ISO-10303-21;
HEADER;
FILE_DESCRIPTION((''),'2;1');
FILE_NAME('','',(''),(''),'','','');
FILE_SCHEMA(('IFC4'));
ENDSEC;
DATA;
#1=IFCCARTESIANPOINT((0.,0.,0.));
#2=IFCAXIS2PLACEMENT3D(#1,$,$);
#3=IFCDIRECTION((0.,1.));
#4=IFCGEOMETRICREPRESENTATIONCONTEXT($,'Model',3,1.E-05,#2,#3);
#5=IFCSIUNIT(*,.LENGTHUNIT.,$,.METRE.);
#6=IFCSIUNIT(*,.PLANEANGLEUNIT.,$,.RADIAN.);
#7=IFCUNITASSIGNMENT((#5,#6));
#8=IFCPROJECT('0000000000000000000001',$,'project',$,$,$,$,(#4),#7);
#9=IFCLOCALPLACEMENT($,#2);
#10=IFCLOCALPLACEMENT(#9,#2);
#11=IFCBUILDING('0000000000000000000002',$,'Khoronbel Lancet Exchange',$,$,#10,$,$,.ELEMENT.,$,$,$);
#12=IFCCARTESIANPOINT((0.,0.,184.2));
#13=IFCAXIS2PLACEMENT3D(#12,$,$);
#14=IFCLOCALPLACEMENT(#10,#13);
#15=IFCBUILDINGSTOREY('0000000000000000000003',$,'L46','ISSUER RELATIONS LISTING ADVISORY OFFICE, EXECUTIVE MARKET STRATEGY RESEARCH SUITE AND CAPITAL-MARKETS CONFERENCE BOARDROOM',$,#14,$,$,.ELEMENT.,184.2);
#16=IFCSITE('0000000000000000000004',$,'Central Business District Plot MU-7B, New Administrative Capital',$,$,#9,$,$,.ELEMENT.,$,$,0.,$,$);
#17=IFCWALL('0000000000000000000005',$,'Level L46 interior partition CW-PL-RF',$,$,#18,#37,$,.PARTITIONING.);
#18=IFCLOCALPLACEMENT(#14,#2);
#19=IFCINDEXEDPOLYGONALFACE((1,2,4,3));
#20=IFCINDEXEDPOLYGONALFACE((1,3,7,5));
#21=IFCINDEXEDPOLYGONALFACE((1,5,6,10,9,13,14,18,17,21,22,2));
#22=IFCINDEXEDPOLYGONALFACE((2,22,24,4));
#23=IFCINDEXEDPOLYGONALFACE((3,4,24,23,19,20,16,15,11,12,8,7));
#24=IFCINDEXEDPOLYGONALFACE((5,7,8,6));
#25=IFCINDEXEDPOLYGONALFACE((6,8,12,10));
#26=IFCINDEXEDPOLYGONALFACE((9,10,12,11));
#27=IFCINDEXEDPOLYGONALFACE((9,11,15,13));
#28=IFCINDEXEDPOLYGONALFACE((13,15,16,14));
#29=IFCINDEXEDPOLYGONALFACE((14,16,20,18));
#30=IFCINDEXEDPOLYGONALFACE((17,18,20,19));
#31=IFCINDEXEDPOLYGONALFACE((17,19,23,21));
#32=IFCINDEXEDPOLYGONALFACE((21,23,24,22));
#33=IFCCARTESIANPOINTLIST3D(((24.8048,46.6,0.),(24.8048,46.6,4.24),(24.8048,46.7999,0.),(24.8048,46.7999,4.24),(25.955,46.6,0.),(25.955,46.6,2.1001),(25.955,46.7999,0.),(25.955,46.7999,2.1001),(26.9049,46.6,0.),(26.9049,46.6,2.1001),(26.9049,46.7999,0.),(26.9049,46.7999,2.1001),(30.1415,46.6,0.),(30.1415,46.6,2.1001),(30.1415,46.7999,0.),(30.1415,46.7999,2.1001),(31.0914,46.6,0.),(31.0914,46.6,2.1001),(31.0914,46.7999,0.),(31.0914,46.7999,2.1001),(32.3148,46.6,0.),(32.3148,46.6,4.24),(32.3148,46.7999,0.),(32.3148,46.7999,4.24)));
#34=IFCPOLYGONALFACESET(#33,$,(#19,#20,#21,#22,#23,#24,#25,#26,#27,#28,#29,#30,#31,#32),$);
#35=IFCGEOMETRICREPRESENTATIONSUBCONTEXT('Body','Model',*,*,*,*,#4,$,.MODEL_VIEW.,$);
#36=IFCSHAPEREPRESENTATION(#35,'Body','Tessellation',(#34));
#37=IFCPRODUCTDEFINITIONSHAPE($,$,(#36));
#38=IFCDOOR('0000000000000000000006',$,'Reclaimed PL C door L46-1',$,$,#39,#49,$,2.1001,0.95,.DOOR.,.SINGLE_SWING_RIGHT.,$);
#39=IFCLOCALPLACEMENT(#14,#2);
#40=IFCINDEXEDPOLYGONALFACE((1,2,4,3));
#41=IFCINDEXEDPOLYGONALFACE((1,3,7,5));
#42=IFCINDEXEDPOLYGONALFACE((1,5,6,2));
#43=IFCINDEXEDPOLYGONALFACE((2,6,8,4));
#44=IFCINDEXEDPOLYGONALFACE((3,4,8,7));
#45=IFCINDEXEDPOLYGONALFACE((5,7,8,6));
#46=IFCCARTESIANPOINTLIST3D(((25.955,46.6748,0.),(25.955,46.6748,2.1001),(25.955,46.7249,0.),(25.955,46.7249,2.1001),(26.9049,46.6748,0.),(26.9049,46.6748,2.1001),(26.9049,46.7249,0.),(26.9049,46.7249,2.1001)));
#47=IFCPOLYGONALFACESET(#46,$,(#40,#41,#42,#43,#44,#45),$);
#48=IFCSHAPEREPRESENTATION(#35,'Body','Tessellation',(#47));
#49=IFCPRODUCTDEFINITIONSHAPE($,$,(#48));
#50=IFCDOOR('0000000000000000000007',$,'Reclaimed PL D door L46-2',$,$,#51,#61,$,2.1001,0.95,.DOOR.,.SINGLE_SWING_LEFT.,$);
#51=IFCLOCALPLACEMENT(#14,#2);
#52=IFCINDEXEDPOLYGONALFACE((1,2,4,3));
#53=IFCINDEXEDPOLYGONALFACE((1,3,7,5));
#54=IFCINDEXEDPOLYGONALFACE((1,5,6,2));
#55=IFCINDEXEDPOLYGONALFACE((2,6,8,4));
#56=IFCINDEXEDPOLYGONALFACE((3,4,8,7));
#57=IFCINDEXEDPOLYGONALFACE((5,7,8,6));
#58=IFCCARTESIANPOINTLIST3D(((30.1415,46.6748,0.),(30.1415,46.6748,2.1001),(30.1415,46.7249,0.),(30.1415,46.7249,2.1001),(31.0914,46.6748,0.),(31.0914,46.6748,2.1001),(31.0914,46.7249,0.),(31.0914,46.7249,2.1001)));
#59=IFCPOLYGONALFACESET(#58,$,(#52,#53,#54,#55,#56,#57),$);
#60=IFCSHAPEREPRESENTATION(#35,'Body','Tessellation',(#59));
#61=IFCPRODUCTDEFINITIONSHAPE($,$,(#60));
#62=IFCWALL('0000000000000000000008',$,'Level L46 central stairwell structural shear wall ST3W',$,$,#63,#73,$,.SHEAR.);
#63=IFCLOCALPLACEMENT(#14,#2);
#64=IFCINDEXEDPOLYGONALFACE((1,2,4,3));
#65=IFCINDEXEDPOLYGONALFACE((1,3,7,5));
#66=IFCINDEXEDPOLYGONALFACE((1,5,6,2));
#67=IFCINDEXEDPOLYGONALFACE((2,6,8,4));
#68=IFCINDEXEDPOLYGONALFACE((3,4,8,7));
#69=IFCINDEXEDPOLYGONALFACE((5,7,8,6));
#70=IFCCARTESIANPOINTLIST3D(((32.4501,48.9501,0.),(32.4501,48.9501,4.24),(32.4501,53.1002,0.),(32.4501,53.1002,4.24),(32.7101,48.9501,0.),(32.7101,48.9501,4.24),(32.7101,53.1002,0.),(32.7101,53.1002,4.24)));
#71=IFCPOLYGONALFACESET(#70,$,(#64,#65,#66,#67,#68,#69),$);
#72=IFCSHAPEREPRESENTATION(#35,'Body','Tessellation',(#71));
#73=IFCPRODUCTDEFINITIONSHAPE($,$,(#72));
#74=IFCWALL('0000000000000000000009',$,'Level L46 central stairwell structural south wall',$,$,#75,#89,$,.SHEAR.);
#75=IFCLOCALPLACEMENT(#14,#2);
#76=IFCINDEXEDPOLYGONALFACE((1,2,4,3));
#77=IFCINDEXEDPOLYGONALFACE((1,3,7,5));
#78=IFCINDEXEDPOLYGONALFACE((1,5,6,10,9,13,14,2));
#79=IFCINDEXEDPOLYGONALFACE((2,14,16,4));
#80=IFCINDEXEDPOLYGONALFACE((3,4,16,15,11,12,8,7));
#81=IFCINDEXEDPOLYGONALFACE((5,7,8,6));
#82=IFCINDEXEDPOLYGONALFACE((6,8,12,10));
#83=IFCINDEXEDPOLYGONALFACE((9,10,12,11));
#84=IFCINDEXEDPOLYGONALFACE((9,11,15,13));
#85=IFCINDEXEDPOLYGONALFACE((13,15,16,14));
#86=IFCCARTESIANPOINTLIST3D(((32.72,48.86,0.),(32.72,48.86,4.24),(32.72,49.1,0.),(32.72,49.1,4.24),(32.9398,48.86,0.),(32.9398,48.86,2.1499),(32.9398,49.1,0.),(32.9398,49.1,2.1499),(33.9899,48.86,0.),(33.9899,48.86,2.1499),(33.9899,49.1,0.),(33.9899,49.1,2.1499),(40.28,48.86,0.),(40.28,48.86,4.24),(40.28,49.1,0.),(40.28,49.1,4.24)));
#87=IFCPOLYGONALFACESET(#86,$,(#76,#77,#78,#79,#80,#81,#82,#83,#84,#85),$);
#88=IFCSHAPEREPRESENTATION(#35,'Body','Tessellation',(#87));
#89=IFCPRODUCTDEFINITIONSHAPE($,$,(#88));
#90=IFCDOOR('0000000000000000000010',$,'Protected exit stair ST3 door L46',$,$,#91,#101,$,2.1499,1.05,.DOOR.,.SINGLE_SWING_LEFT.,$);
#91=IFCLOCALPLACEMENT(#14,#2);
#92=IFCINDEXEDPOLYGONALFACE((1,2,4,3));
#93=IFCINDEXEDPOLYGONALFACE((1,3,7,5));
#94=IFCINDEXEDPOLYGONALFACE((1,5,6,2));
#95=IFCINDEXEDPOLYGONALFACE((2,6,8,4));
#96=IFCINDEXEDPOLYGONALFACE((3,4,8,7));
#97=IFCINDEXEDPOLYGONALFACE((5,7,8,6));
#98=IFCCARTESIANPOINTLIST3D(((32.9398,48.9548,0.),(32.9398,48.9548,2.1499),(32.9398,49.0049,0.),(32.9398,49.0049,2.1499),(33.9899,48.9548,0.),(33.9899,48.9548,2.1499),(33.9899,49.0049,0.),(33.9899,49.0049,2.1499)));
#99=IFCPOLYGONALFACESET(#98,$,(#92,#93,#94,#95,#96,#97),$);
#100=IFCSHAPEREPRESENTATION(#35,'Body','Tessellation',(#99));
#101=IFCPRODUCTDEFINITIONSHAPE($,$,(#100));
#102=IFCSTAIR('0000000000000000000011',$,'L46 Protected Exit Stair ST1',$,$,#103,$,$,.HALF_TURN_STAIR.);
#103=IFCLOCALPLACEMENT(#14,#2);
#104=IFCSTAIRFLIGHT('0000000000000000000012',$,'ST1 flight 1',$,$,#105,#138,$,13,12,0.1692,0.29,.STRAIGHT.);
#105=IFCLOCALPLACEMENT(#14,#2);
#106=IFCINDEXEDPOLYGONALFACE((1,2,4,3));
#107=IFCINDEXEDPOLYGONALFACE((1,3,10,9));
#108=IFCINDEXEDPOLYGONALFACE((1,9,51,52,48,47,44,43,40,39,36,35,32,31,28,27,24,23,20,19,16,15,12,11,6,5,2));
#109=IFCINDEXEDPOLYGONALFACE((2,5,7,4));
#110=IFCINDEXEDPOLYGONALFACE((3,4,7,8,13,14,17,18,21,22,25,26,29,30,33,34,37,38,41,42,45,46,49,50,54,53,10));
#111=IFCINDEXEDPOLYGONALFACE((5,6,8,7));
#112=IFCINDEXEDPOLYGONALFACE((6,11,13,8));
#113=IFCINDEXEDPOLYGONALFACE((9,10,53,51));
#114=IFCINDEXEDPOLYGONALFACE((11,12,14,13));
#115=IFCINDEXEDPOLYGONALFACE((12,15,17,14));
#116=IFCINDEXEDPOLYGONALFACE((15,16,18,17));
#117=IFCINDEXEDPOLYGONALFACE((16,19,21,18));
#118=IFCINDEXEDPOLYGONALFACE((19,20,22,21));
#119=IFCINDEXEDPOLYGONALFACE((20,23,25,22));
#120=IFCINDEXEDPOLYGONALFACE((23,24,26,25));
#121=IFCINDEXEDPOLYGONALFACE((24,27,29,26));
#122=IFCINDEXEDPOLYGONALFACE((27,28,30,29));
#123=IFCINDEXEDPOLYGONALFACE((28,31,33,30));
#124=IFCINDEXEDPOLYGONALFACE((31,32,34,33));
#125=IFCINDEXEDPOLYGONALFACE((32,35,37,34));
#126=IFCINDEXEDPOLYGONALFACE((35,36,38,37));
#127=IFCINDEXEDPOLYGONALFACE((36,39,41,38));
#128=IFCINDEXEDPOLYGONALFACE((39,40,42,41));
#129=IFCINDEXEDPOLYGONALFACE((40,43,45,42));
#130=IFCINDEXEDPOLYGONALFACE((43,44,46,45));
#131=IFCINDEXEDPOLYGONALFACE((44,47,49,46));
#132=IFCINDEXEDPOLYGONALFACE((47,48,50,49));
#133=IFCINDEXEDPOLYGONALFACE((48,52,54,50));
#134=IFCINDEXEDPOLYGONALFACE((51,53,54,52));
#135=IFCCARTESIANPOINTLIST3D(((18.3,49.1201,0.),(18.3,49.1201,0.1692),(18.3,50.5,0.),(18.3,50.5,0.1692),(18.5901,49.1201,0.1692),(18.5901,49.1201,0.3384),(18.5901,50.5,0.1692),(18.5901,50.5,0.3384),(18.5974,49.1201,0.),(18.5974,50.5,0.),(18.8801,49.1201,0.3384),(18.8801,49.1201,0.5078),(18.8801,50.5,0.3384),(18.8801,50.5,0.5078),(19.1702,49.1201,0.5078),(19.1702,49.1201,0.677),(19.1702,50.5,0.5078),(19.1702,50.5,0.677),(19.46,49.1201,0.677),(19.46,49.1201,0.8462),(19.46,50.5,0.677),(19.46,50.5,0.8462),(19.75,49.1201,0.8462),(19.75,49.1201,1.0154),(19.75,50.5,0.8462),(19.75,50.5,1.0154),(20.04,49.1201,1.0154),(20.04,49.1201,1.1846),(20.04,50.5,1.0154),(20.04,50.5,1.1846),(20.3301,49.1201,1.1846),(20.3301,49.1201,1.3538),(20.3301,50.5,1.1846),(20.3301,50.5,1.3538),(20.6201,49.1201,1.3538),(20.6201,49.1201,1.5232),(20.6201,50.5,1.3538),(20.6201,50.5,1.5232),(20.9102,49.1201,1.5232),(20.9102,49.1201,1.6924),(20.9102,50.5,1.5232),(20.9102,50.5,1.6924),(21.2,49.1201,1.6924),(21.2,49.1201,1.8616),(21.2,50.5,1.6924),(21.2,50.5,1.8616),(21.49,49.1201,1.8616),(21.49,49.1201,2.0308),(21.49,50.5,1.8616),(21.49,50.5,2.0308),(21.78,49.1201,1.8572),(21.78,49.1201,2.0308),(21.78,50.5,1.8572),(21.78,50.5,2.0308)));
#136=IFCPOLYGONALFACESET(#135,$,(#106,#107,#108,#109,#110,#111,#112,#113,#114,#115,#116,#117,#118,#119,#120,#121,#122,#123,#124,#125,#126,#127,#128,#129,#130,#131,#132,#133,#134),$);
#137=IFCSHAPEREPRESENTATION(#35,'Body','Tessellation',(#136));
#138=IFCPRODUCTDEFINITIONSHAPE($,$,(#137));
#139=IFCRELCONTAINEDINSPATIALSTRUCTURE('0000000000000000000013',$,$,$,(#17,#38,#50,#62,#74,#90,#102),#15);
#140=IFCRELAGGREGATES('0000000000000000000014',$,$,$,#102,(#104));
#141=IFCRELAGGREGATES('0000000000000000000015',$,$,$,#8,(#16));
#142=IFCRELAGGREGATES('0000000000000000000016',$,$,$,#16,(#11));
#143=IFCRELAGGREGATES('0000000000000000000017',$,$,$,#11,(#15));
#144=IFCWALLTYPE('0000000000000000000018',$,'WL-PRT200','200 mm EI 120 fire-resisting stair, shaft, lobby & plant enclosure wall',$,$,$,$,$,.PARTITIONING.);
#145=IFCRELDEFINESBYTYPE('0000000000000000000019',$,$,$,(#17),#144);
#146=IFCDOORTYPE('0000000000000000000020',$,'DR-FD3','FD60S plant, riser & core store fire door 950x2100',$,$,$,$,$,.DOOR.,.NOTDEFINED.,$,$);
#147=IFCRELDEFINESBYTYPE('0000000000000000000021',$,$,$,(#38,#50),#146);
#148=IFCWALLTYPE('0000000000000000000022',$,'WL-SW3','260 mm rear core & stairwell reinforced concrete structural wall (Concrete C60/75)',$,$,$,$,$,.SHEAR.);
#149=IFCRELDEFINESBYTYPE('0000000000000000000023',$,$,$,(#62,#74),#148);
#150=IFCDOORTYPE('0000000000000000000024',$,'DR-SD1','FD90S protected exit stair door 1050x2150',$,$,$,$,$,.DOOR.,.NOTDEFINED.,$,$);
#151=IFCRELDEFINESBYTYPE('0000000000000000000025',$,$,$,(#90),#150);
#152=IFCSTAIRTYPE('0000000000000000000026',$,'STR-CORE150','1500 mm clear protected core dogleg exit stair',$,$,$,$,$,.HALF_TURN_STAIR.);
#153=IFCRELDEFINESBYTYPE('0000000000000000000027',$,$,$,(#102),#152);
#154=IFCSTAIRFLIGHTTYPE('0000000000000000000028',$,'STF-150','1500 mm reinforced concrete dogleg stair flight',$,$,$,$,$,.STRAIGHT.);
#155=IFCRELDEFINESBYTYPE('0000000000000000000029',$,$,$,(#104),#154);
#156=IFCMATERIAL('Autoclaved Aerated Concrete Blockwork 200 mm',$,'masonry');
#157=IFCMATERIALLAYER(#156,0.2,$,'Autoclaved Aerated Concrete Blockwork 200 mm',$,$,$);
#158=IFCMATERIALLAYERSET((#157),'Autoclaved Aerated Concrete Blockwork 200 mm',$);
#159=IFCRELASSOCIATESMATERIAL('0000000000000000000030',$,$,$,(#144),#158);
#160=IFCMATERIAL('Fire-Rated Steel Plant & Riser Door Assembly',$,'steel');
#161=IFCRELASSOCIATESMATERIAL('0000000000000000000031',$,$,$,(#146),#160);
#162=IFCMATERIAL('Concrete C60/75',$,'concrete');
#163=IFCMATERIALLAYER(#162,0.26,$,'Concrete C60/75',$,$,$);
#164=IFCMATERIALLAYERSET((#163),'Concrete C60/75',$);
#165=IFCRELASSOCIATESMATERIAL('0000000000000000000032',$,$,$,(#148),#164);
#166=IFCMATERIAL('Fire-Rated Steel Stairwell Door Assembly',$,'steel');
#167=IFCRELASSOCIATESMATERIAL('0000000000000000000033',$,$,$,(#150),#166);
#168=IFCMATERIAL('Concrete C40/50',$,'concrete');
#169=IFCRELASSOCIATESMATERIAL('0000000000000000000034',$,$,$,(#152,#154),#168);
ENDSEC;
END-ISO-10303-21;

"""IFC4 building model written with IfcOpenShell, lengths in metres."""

from ifc_helpers import new_model, si_unit, direction, frame, frame_2d, origin, place, context, subcontext, project, spatial, polyline, rectangle, outline, extrude, material, layer, layer_set, type_object, element, fill, aggregate, save


model = new_model("IFC4")

# Units and contexts
model_context = context("Model", 3, precision=1e-05, world=origin(), true_north=direction((0.0, 1.0)))
body_context = subcontext(model_context, "Body", "Model", "MODEL_VIEW")
ifc_project = project(units=[si_unit("LENGTHUNIT", "METRE"), si_unit("PLANEANGLEUNIT", "RADIAN")], contexts=[model_context])

# Site, building, storey
site_placement = place(None, origin())
site = spatial("IfcSite", under=ifc_project, at=site_placement, Name="Central Business District Plot MU-7B, New Administrative Capital", CompositionType="ELEMENT", RefElevation=0.0)
building_placement = place(site_placement, origin())
building = spatial("IfcBuilding", under=site, at=building_placement, Name="Khoronbel Lancet Exchange", CompositionType="ELEMENT")
storey_placement = place(building_placement, frame((0.0, 0.0, 184.2)))
storey = spatial("IfcBuildingStorey", under=building, at=storey_placement, Name="L46", Description="ISSUER RELATIONS LISTING ADVISORY OFFICE, EXECUTIVE MARKET STRATEGY RESEARCH SUITE AND CAPITAL-MARKETS CONFERENCE BOARDROOM", CompositionType="ELEMENT", Elevation=184.2)

# Shared definitions
ifc_material_1 = material(Name="Autoclaved Aerated Concrete Blockwork 200 mm", Category="masonry")
ifc_layer_1 = layer(ifc_material_1, 0.2, Name="Autoclaved Aerated Concrete Blockwork 200 mm")
ifc_layer_set_1 = layer_set([ifc_layer_1], Name="Autoclaved Aerated Concrete Blockwork 200 mm")
wall_type_1 = type_object("IfcWallType", Name="WL-PRT200", Description="200 mm EI 120 fire-resisting stair, shaft, lobby & plant enclosure wall", PredefinedType="PARTITIONING", material=ifc_layer_set_1)

# Wall, openings, doors
wall_1_placement = place(storey_placement, frame((24.8049, 46.7, 0.0), z_axis=(0.0, 0.0, 1.0), x_axis=(1.0, 0.0, 0.0)))
wall_1 = element("IfcWall", 1, at=wall_1_placement, inside=storey, type_object=wall_type_1, Name="Level L46 interior partition CW-PL-RF", PredefinedType="PARTITIONING", context=body_context, shape_type="SweptSolid", body=[
    extrude(rectangle(XDim=7.51, YDim=0.2, at=frame_2d((3.7549, 0.0))), origin(), (0.0, 0.0, 1.0), 4.24),
])
opening_1_placement = place(wall_1_placement, frame((1.1499, 0.0, 0.0)))
opening_1 = element("IfcOpeningElement", 2, at=opening_1_placement, cuts=wall_1, PredefinedType="OPENING", context=body_context, shape_type="SweptSolid", body=[
    extrude(rectangle(XDim=0.95, YDim=2.1001, at=frame_2d((0.4751, 1.05))), frame((0.0, 0.1099, 0.0), z_axis=(0.0, -1.0, 0.0), x_axis=(1.0, 0.0, 0.0)), (0.0, 0.0, 1.0), 0.22),
])
opening_2_placement = place(wall_1_placement, frame((5.3364, 0.0, 0.0)))
opening_2 = element("IfcOpeningElement", 3, at=opening_2_placement, cuts=wall_1, PredefinedType="OPENING", context=body_context, shape_type="SweptSolid", body=[
    extrude(rectangle(XDim=0.95, YDim=2.1001, at=frame_2d((0.4751, 1.05))), frame((0.0, 0.1099, 0.0), z_axis=(0.0, -1.0, 0.0), x_axis=(1.0, 0.0, 0.0)), (0.0, 0.0, 1.0), 0.22),
])
ifc_material_2 = material(Name="Fire-Rated Steel Plant & Riser Door Assembly", Category="steel")
door_type_1 = type_object("IfcDoorType", Name="DR-FD3", Description="FD60S plant, riser & core store fire door 950x2100", OperationType="NOTDEFINED", PredefinedType="DOOR", material=ifc_material_2)
door_1_placement = place(opening_1_placement, origin())
door_1 = element("IfcDoor", 4, at=door_1_placement, inside=storey, type_object=door_type_1, Name="Reclaimed PL C door L46-1", OperationType="SINGLE_SWING_RIGHT", OverallHeight=2.1001, OverallWidth=0.95, PredefinedType="DOOR", context=body_context, shape_type="SweptSolid", body=[
    extrude(rectangle(XDim=0.95, YDim=2.1001, at=frame_2d((0.4751, 1.05))), frame((0.0, 0.0249, 0.0), z_axis=(0.0, -1.0, 0.0), x_axis=(1.0, 0.0, 0.0)), (0.0, 0.0, 1.0), 0.05),
])
fill(opening_1, door_1)
door_2_placement = place(opening_2_placement, origin())
door_2 = element("IfcDoor", 5, at=door_2_placement, inside=storey, type_object=door_type_1, Name="Reclaimed PL D door L46-2", OperationType="SINGLE_SWING_LEFT", OverallHeight=2.1001, OverallWidth=0.95, PredefinedType="DOOR", context=body_context, shape_type="SweptSolid", body=[
    extrude(rectangle(XDim=0.95, YDim=2.1001, at=frame_2d((0.4751, 1.05))), frame((0.0, 0.0249, 0.0), z_axis=(0.0, -1.0, 0.0), x_axis=(1.0, 0.0, 0.0)), (0.0, 0.0, 1.0), 0.05),
])
fill(opening_2, door_2)

# Wall
ifc_material_3 = material(Name="Concrete C60/75", Category="concrete")
ifc_layer_2 = layer(ifc_material_3, 0.26, Name="Concrete C60/75")
ifc_layer_set_2 = layer_set([ifc_layer_2], Name="Concrete C60/75")
wall_type_2 = type_object("IfcWallType", Name="WL-SW3", Description="260 mm rear core & stairwell reinforced concrete structural wall (Concrete C60/75)", PredefinedType="SHEAR", material=ifc_layer_set_2)
wall_2_placement = place(storey_placement, frame((32.5801, 48.95, 0.0), z_axis=(0.0, 0.0, 1.0), x_axis=(0.0, 1.0, 0.0)))
element("IfcWall", 6, at=wall_2_placement, inside=storey, type_object=wall_type_2, Name="Level L46 central stairwell structural shear wall ST3W", PredefinedType="SHEAR", context=body_context, shape_type="SweptSolid", body=[
    extrude(rectangle(XDim=4.1501, YDim=0.26, at=frame_2d((2.0752, 0.0))), origin(), (0.0, 0.0, 1.0), 4.24),
])

# Wall, opening, door
wall_3_placement = place(storey_placement, frame((32.72, 48.98, 0.0), z_axis=(0.0, 0.0, 1.0), x_axis=(1.0, 0.0, 0.0)))
wall_3 = element("IfcWall", 7, at=wall_3_placement, inside=storey, type_object=wall_type_2, Name="Level L46 central stairwell structural south wall", PredefinedType="SHEAR", context=body_context, shape_type="SweptSolid", body=[
    extrude(rectangle(XDim=7.5601, YDim=0.24, at=frame_2d((3.78, 0.0))), origin(), (0.0, 0.0, 1.0), 4.24),
])
opening_3_placement = place(wall_3_placement, frame((0.22, 0.0, 0.0)))
opening_3 = element("IfcOpeningElement", 8, at=opening_3_placement, cuts=wall_3, PredefinedType="OPENING", context=body_context, shape_type="SweptSolid", body=[
    extrude(rectangle(XDim=1.05, YDim=2.1499, at=frame_2d((0.5249, 1.075))), frame((0.0, 0.1299, 0.0), z_axis=(0.0, -1.0, 0.0), x_axis=(1.0, 0.0, 0.0)), (0.0, 0.0, 1.0), 0.26),
])
ifc_material_4 = material(Name="Fire-Rated Steel Stairwell Door Assembly", Category="steel")
door_type_2 = type_object("IfcDoorType", Name="DR-SD1", Description="FD90S protected exit stair door 1050x2150", OperationType="NOTDEFINED", PredefinedType="DOOR", material=ifc_material_4)
door_3_placement = place(opening_3_placement, origin())
door_3 = element("IfcDoor", 9, at=door_3_placement, inside=storey, type_object=door_type_2, Name="Protected exit stair ST3 door L46", OperationType="SINGLE_SWING_LEFT", OverallHeight=2.1499, OverallWidth=1.05, PredefinedType="DOOR", context=body_context, shape_type="SweptSolid", body=[
    extrude(rectangle(XDim=1.05, YDim=2.1499, at=frame_2d((0.5249, 1.075))), frame((0.0, 0.0249, 0.0), z_axis=(0.0, -1.0, 0.0), x_axis=(1.0, 0.0, 0.0)), (0.0, 0.0, 1.0), 0.05),
])
fill(opening_3, door_3)

# Stair, stair flight
ifc_material_5 = material(Name="Concrete C40/50", Category="concrete")
stair_type = type_object("IfcStairType", Name="STR-CORE150", Description="1500 mm clear protected core dogleg exit stair", PredefinedType="HALF_TURN_STAIR", material=ifc_material_5)
stair_placement = place(storey_placement, origin())
stair = element("IfcStair", 10, at=stair_placement, inside=storey, type_object=stair_type, Name="L46 Protected Exit Stair ST1", PredefinedType="HALF_TURN_STAIR")
stair_flight_type = type_object("IfcStairFlightType", Name="STF-150", Description="1500 mm reinforced concrete dogleg stair flight", PredefinedType="STRAIGHT", material=ifc_material_5)
stair_flight_1_placement = place(storey_placement, frame((18.3, 49.8101, 0.0), z_axis=(0.0, 0.0, 1.0), x_axis=(1.0, 0.0, 0.0)))
stair_flight_1 = element("IfcStairFlight", 11, at=stair_flight_1_placement, type_object=stair_flight_type, Name="ST1 flight 1", NumberOfRisers=13, NumberOfTreads=12, PredefinedType="STRAIGHT", RiserHeight=0.1692, TreadLength=0.29, context=body_context, shape_type="SweptSolid", body=[
    extrude(outline(polyline([(0.0, 0.0), (0.0, 0.1692), (0.29, 0.1692), (0.29, 0.3384), (0.5801, 0.3384), (0.5801, 0.5078), (0.8701, 0.5078), (0.8701, 0.677), (1.1599, 0.677), (1.1599, 0.8462), (1.45, 0.8462), (1.45, 1.0154), (1.74, 1.0154), (1.74, 1.1846), (2.03, 1.1846), (2.03, 1.3538), (2.3201, 1.3538), (2.3201, 1.5232), (2.6101, 1.5232), (2.6101, 1.6924), (2.8999, 1.6924), (2.8999, 1.8616), (3.1899, 1.8616), (3.1899, 2.0308), (3.48, 2.0308), (3.48, 2.2), (3.48, 1.8572), (0.2974, 0.0), (0.0, 0.0)])), frame((0.0, 0.6899, 0.0), z_axis=(0.0, -1.0, 0.0), x_axis=(1.0, 0.0, 0.0)), (0.0, 0.0, 1.0), 1.3799),
])
aggregate(stair, [stair_flight_1])

save(model, "model.ifc")
